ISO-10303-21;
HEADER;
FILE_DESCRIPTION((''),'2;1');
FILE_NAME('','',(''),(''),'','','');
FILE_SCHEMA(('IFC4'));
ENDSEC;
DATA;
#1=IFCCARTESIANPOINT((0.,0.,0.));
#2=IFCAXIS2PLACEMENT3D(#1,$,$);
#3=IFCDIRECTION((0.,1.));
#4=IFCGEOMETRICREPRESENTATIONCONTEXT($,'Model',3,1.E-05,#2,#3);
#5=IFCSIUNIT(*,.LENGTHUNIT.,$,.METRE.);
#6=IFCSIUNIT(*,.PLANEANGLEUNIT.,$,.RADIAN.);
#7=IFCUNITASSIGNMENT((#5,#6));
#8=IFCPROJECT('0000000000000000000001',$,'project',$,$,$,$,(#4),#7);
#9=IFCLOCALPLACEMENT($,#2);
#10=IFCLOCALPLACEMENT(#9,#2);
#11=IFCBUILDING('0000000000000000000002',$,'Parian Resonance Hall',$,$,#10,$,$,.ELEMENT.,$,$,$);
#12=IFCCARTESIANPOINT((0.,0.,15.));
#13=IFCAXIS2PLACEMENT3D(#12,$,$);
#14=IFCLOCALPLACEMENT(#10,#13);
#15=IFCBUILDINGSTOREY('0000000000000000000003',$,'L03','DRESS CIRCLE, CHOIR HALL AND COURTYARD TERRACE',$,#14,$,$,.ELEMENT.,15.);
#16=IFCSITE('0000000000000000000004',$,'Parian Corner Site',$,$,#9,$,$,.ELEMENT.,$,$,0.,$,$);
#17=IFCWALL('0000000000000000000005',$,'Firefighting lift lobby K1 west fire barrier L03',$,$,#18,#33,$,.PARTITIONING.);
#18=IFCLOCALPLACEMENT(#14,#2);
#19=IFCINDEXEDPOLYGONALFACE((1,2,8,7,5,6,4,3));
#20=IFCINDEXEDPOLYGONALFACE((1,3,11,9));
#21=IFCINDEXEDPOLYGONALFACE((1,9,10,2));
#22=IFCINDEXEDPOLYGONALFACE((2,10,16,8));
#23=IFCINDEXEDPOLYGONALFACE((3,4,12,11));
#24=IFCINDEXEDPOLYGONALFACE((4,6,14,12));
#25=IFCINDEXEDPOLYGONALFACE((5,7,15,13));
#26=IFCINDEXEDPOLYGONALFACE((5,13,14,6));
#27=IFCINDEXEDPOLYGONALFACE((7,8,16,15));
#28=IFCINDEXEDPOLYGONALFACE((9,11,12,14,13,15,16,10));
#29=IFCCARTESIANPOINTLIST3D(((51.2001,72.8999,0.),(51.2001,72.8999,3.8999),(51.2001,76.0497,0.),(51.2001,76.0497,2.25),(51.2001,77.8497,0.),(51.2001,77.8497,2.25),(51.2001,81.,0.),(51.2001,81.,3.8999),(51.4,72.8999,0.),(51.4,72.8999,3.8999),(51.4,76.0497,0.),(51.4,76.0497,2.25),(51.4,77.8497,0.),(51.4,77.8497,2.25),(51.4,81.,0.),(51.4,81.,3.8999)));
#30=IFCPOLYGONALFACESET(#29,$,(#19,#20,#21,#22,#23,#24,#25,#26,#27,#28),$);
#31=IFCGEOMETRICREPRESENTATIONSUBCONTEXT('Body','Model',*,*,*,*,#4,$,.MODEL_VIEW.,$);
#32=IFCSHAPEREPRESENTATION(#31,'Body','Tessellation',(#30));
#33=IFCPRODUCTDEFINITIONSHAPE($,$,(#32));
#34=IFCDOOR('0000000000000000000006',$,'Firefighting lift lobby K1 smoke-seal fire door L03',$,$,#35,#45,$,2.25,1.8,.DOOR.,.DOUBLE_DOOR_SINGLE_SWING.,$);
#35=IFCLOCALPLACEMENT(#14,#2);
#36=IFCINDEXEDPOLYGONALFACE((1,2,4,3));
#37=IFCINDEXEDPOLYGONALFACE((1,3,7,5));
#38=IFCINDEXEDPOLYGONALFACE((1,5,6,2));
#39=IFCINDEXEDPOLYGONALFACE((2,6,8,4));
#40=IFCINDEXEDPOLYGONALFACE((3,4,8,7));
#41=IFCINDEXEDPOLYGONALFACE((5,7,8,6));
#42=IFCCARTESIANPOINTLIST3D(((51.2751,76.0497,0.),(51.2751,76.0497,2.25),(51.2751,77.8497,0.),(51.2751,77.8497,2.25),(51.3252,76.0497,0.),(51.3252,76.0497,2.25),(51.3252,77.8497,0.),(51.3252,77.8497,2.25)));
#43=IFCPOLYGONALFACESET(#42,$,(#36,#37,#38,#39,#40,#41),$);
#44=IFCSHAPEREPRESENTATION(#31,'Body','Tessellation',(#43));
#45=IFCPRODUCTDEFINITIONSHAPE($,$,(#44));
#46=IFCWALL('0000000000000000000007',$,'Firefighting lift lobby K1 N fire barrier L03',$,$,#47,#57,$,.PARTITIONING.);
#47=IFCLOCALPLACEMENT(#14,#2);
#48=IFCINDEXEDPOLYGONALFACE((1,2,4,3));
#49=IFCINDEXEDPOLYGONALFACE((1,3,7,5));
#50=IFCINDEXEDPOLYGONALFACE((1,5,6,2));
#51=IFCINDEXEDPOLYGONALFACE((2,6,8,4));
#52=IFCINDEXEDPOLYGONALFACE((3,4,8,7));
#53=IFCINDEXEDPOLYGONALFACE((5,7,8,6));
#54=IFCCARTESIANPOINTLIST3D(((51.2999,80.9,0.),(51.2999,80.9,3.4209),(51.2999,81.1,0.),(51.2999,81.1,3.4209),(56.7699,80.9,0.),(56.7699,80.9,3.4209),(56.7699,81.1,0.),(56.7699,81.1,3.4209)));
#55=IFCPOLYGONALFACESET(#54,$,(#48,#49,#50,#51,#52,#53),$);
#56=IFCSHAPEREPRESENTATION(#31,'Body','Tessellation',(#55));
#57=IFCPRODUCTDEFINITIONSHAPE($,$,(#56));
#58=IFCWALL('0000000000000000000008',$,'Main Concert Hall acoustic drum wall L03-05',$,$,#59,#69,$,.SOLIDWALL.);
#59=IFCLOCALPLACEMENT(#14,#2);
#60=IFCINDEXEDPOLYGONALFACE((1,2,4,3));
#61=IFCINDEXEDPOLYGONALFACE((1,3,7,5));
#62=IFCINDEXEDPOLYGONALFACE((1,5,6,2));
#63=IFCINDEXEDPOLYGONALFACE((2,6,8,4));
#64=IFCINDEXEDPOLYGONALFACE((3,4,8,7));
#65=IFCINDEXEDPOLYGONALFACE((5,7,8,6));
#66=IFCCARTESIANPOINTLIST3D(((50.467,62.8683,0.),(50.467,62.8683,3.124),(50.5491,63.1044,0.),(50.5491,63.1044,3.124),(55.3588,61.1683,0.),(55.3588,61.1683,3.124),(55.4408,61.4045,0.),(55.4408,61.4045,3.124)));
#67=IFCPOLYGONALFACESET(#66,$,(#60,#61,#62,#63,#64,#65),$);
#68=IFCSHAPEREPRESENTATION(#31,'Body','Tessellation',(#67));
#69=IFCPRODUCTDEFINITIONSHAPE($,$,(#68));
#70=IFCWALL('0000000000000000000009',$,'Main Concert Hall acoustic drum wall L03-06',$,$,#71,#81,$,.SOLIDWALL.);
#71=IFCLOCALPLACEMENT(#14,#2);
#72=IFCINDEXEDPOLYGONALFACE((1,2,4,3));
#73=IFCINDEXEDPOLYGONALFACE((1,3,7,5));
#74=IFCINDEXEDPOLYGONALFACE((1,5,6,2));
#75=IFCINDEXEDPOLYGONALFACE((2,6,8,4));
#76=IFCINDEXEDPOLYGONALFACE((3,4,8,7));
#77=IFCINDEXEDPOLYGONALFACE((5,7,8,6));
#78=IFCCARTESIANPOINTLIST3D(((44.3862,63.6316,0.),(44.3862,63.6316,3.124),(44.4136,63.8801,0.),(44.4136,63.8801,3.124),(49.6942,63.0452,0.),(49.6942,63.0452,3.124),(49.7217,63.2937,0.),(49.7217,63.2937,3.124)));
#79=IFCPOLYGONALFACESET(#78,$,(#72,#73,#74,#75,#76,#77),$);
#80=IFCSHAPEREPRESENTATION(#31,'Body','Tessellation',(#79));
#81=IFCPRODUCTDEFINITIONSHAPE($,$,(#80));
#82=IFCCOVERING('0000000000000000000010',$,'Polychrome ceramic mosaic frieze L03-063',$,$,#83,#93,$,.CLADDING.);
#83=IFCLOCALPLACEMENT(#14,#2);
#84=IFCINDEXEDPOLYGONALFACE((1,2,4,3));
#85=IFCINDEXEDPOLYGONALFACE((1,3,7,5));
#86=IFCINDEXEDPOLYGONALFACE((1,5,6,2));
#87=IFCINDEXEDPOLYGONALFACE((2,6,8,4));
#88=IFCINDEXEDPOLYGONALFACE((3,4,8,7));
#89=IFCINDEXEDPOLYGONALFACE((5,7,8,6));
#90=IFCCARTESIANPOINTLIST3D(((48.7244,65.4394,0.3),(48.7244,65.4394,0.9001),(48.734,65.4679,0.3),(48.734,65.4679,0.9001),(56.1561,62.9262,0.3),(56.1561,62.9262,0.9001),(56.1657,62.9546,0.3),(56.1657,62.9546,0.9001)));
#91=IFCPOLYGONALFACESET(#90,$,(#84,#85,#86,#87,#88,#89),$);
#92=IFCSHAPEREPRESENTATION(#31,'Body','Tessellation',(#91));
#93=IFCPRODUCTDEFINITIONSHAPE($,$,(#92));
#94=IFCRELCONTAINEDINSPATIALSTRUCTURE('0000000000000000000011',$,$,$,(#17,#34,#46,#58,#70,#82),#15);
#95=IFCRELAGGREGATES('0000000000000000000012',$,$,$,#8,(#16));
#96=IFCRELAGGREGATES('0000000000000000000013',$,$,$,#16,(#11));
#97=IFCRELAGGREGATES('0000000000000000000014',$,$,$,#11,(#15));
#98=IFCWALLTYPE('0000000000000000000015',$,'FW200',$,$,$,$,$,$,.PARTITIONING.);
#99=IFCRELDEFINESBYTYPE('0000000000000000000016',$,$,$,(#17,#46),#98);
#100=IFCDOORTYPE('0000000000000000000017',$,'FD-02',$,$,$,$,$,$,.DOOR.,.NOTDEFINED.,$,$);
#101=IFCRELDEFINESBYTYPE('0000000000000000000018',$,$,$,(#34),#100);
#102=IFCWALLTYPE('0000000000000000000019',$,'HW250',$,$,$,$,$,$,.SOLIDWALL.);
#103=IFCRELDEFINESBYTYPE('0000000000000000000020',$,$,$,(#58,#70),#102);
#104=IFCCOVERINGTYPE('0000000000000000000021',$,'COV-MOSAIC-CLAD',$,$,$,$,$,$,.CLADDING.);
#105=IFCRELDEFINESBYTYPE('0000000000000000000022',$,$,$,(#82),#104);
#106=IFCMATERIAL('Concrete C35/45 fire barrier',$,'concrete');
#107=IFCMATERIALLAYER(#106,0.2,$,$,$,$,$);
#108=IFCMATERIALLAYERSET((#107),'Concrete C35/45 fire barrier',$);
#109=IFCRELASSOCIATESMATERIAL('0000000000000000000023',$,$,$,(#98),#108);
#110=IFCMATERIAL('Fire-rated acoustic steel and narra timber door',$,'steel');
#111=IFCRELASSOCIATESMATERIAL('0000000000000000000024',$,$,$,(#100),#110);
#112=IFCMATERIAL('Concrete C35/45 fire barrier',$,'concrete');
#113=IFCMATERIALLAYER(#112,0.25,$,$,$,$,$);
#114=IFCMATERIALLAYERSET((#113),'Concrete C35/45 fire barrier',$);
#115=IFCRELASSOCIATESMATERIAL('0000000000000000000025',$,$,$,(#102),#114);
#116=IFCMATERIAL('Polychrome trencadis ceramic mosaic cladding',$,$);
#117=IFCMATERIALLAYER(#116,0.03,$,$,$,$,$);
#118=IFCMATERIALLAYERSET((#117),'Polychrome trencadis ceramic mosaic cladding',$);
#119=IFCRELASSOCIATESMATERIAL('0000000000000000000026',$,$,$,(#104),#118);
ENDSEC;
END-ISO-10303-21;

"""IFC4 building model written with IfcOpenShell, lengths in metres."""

from ifc_helpers import new_model, si_unit, direction, frame, frame_2d, origin, origin_2d, place, context, subcontext, project, spatial, rectangle, extrude, material, layer, layer_set, type_object, element, fill, save


model = new_model("IFC4")

# Units and contexts
model_context = context("Model", 3, precision=1e-05, world=origin(), true_north=direction((0.0, 1.0)))
body_context = subcontext(model_context, "Body", "Model", "MODEL_VIEW")
ifc_project = project(units=[si_unit("LENGTHUNIT", "METRE"), si_unit("PLANEANGLEUNIT", "RADIAN")], contexts=[model_context])

# Site, building, storey
site_placement = place(None, origin())
site = spatial("IfcSite", under=ifc_project, at=site_placement, Name="Parian Corner Site", CompositionType="ELEMENT", RefElevation=0.0)
building_placement = place(site_placement, origin())
building = spatial("IfcBuilding", under=site, at=building_placement, Name="Parian Resonance Hall", CompositionType="ELEMENT")
storey_placement = place(building_placement, frame((0.0, 0.0, 15.0)))
storey = spatial("IfcBuildingStorey", under=building, at=storey_placement, Name="L03", Description="DRESS CIRCLE, CHOIR HALL AND COURTYARD TERRACE", CompositionType="ELEMENT", Elevation=15.0)

# Wall, opening, door
ifc_material_1 = material(Name="Concrete C35/45 fire barrier", Category="concrete")
ifc_layer_1 = layer(ifc_material_1, 0.2)
ifc_layer_set_1 = layer_set([ifc_layer_1], Name="Concrete C35/45 fire barrier")
wall_type_1 = type_object("IfcWallType", Name="FW200", PredefinedType="PARTITIONING", material=ifc_layer_set_1)
wall_1_placement = place(storey_placement, frame((51.3, 72.8999, 0.0), z_axis=(0.0, 0.0, 1.0), x_axis=(0.0, 1.0, 0.0)))
wall_1 = element("IfcWall", 1, at=wall_1_placement, inside=storey, type_object=wall_type_1, Name="Firefighting lift lobby K1 west fire barrier L03", PredefinedType="PARTITIONING", context=body_context, shape_type="SweptSolid", body=[
    extrude(rectangle(XDim=8.1001, YDim=0.2, at=frame_2d((4.05, 0.0))), origin(), (0.0, 0.0, 1.0), 3.8999),
])
opening_placement = place(wall_1_placement, frame((3.1499, 0.0, 0.0)))
opening = element("IfcOpeningElement", 2, at=opening_placement, cuts=wall_1, PredefinedType="OPENING", context=body_context, shape_type="SweptSolid", body=[
    extrude(rectangle(XDim=1.8, YDim=2.25, at=frame_2d((0.8999, 1.125))), frame((0.0, 0.1099, 0.0), z_axis=(0.0, -1.0, 0.0), x_axis=(1.0, 0.0, 0.0)), (0.0, 0.0, 1.0), 0.22),
])
ifc_material_2 = material(Name="Fire-rated acoustic steel and narra timber door", Category="steel")
door_type = type_object("IfcDoorType", Name="FD-02", OperationType="NOTDEFINED", PredefinedType="DOOR", material=ifc_material_2)
door_placement = place(opening_placement, origin())
door = element("IfcDoor", 3, at=door_placement, inside=storey, type_object=door_type, Name="Firefighting lift lobby K1 smoke-seal fire door L03", OperationType="DOUBLE_DOOR_SINGLE_SWING", OverallHeight=2.25, OverallWidth=1.8, PredefinedType="DOOR", context=body_context, shape_type="SweptSolid", body=[
    extrude(rectangle(XDim=1.8, YDim=2.25, at=frame_2d((0.8999, 1.125))), frame((0.0, 0.0249, 0.0), z_axis=(0.0, -1.0, 0.0), x_axis=(1.0, 0.0, 0.0)), (0.0, 0.0, 1.0), 0.05),
])
fill(opening, door)

# Walls
wall_2_placement = place(storey_placement, frame((51.3, 81.0, 0.0), z_axis=(0.0, 0.0, 1.0), x_axis=(1.0, 0.0, 0.0)))
element("IfcWall", 4, at=wall_2_placement, inside=storey, type_object=wall_type_1, Name="Firefighting lift lobby K1 N fire barrier L03", PredefinedType="PARTITIONING", context=body_context, shape_type="SweptSolid", body=[
    extrude(rectangle(XDim=5.47, YDim=0.2, at=frame_2d((2.7349, 0.0))), origin(), (0.0, 0.0, 1.0), 3.4209),
])
ifc_material_3 = material(Name="Concrete C35/45 fire barrier", Category="concrete")
ifc_layer_2 = layer(ifc_material_3, 0.25)
ifc_layer_set_2 = layer_set([ifc_layer_2], Name="Concrete C35/45 fire barrier")
wall_type_2 = type_object("IfcWallType", Name="HW250", PredefinedType="SOLIDWALL", material=ifc_layer_set_2)
wall_3_placement = place(storey_placement, frame((50.5081, 62.9863, 0.0), z_axis=(0.0, 0.0, 1.0), x_axis=(0.94459, -0.328252, 0.0)))
element("IfcWall", 5, at=wall_3_placement, inside=storey, type_object=wall_type_2, Name="Main Concert Hall acoustic drum wall L03-05", PredefinedType="SOLIDWALL", context=body_context, shape_type="SweptSolid", body=[
    extrude(rectangle(XDim=5.1787, YDim=0.25, at=frame_2d((2.5894, 0.0))), origin(), (0.0, 0.0, 1.0), 3.124),
])
wall_4_placement = place(storey_placement, frame((44.3999, 63.7559, 0.0), z_axis=(0.0, 0.0, 1.0), x_axis=(0.993953, -0.109809, 0.0)))
element("IfcWall", 6, at=wall_4_placement, inside=storey, type_object=wall_type_2, Name="Main Concert Hall acoustic drum wall L03-06", PredefinedType="SOLIDWALL", context=body_context, shape_type="SweptSolid", body=[
    extrude(rectangle(XDim=5.3403, YDim=0.25, at=frame_2d((2.6702, 0.0))), origin(), (0.0, 0.0, 1.0), 3.124),
])

# Covering
ifc_material_4 = material(Name="Polychrome trencadis ceramic mosaic cladding")
ifc_layer_3 = layer(ifc_material_4, 0.03)
ifc_layer_set_3 = layer_set([ifc_layer_3], Name="Polychrome trencadis ceramic mosaic cladding")
covering_type = type_object("IfcCoveringType", Name="COV-MOSAIC-CLAD", PredefinedType="CLADDING", material=ifc_layer_set_3)
covering_placement = place(storey_placement, frame((52.4451, 64.197, 0.3), z_axis=(0.0, 0.0, 1.0), x_axis=(0.947296, -0.32036, 0.0)))
element("IfcCovering", 7, at=covering_placement, inside=storey, type_object=covering_type, Name="Polychrome ceramic mosaic frieze L03-063", PredefinedType="CLADDING", context=body_context, shape_type="SweptSolid", body=[
    extrude(rectangle(XDim=7.8452, YDim=0.03, at=origin_2d()), origin(), (0.0, 0.0, 1.0), 0.6001),
])

save(model, "model.ifc")
